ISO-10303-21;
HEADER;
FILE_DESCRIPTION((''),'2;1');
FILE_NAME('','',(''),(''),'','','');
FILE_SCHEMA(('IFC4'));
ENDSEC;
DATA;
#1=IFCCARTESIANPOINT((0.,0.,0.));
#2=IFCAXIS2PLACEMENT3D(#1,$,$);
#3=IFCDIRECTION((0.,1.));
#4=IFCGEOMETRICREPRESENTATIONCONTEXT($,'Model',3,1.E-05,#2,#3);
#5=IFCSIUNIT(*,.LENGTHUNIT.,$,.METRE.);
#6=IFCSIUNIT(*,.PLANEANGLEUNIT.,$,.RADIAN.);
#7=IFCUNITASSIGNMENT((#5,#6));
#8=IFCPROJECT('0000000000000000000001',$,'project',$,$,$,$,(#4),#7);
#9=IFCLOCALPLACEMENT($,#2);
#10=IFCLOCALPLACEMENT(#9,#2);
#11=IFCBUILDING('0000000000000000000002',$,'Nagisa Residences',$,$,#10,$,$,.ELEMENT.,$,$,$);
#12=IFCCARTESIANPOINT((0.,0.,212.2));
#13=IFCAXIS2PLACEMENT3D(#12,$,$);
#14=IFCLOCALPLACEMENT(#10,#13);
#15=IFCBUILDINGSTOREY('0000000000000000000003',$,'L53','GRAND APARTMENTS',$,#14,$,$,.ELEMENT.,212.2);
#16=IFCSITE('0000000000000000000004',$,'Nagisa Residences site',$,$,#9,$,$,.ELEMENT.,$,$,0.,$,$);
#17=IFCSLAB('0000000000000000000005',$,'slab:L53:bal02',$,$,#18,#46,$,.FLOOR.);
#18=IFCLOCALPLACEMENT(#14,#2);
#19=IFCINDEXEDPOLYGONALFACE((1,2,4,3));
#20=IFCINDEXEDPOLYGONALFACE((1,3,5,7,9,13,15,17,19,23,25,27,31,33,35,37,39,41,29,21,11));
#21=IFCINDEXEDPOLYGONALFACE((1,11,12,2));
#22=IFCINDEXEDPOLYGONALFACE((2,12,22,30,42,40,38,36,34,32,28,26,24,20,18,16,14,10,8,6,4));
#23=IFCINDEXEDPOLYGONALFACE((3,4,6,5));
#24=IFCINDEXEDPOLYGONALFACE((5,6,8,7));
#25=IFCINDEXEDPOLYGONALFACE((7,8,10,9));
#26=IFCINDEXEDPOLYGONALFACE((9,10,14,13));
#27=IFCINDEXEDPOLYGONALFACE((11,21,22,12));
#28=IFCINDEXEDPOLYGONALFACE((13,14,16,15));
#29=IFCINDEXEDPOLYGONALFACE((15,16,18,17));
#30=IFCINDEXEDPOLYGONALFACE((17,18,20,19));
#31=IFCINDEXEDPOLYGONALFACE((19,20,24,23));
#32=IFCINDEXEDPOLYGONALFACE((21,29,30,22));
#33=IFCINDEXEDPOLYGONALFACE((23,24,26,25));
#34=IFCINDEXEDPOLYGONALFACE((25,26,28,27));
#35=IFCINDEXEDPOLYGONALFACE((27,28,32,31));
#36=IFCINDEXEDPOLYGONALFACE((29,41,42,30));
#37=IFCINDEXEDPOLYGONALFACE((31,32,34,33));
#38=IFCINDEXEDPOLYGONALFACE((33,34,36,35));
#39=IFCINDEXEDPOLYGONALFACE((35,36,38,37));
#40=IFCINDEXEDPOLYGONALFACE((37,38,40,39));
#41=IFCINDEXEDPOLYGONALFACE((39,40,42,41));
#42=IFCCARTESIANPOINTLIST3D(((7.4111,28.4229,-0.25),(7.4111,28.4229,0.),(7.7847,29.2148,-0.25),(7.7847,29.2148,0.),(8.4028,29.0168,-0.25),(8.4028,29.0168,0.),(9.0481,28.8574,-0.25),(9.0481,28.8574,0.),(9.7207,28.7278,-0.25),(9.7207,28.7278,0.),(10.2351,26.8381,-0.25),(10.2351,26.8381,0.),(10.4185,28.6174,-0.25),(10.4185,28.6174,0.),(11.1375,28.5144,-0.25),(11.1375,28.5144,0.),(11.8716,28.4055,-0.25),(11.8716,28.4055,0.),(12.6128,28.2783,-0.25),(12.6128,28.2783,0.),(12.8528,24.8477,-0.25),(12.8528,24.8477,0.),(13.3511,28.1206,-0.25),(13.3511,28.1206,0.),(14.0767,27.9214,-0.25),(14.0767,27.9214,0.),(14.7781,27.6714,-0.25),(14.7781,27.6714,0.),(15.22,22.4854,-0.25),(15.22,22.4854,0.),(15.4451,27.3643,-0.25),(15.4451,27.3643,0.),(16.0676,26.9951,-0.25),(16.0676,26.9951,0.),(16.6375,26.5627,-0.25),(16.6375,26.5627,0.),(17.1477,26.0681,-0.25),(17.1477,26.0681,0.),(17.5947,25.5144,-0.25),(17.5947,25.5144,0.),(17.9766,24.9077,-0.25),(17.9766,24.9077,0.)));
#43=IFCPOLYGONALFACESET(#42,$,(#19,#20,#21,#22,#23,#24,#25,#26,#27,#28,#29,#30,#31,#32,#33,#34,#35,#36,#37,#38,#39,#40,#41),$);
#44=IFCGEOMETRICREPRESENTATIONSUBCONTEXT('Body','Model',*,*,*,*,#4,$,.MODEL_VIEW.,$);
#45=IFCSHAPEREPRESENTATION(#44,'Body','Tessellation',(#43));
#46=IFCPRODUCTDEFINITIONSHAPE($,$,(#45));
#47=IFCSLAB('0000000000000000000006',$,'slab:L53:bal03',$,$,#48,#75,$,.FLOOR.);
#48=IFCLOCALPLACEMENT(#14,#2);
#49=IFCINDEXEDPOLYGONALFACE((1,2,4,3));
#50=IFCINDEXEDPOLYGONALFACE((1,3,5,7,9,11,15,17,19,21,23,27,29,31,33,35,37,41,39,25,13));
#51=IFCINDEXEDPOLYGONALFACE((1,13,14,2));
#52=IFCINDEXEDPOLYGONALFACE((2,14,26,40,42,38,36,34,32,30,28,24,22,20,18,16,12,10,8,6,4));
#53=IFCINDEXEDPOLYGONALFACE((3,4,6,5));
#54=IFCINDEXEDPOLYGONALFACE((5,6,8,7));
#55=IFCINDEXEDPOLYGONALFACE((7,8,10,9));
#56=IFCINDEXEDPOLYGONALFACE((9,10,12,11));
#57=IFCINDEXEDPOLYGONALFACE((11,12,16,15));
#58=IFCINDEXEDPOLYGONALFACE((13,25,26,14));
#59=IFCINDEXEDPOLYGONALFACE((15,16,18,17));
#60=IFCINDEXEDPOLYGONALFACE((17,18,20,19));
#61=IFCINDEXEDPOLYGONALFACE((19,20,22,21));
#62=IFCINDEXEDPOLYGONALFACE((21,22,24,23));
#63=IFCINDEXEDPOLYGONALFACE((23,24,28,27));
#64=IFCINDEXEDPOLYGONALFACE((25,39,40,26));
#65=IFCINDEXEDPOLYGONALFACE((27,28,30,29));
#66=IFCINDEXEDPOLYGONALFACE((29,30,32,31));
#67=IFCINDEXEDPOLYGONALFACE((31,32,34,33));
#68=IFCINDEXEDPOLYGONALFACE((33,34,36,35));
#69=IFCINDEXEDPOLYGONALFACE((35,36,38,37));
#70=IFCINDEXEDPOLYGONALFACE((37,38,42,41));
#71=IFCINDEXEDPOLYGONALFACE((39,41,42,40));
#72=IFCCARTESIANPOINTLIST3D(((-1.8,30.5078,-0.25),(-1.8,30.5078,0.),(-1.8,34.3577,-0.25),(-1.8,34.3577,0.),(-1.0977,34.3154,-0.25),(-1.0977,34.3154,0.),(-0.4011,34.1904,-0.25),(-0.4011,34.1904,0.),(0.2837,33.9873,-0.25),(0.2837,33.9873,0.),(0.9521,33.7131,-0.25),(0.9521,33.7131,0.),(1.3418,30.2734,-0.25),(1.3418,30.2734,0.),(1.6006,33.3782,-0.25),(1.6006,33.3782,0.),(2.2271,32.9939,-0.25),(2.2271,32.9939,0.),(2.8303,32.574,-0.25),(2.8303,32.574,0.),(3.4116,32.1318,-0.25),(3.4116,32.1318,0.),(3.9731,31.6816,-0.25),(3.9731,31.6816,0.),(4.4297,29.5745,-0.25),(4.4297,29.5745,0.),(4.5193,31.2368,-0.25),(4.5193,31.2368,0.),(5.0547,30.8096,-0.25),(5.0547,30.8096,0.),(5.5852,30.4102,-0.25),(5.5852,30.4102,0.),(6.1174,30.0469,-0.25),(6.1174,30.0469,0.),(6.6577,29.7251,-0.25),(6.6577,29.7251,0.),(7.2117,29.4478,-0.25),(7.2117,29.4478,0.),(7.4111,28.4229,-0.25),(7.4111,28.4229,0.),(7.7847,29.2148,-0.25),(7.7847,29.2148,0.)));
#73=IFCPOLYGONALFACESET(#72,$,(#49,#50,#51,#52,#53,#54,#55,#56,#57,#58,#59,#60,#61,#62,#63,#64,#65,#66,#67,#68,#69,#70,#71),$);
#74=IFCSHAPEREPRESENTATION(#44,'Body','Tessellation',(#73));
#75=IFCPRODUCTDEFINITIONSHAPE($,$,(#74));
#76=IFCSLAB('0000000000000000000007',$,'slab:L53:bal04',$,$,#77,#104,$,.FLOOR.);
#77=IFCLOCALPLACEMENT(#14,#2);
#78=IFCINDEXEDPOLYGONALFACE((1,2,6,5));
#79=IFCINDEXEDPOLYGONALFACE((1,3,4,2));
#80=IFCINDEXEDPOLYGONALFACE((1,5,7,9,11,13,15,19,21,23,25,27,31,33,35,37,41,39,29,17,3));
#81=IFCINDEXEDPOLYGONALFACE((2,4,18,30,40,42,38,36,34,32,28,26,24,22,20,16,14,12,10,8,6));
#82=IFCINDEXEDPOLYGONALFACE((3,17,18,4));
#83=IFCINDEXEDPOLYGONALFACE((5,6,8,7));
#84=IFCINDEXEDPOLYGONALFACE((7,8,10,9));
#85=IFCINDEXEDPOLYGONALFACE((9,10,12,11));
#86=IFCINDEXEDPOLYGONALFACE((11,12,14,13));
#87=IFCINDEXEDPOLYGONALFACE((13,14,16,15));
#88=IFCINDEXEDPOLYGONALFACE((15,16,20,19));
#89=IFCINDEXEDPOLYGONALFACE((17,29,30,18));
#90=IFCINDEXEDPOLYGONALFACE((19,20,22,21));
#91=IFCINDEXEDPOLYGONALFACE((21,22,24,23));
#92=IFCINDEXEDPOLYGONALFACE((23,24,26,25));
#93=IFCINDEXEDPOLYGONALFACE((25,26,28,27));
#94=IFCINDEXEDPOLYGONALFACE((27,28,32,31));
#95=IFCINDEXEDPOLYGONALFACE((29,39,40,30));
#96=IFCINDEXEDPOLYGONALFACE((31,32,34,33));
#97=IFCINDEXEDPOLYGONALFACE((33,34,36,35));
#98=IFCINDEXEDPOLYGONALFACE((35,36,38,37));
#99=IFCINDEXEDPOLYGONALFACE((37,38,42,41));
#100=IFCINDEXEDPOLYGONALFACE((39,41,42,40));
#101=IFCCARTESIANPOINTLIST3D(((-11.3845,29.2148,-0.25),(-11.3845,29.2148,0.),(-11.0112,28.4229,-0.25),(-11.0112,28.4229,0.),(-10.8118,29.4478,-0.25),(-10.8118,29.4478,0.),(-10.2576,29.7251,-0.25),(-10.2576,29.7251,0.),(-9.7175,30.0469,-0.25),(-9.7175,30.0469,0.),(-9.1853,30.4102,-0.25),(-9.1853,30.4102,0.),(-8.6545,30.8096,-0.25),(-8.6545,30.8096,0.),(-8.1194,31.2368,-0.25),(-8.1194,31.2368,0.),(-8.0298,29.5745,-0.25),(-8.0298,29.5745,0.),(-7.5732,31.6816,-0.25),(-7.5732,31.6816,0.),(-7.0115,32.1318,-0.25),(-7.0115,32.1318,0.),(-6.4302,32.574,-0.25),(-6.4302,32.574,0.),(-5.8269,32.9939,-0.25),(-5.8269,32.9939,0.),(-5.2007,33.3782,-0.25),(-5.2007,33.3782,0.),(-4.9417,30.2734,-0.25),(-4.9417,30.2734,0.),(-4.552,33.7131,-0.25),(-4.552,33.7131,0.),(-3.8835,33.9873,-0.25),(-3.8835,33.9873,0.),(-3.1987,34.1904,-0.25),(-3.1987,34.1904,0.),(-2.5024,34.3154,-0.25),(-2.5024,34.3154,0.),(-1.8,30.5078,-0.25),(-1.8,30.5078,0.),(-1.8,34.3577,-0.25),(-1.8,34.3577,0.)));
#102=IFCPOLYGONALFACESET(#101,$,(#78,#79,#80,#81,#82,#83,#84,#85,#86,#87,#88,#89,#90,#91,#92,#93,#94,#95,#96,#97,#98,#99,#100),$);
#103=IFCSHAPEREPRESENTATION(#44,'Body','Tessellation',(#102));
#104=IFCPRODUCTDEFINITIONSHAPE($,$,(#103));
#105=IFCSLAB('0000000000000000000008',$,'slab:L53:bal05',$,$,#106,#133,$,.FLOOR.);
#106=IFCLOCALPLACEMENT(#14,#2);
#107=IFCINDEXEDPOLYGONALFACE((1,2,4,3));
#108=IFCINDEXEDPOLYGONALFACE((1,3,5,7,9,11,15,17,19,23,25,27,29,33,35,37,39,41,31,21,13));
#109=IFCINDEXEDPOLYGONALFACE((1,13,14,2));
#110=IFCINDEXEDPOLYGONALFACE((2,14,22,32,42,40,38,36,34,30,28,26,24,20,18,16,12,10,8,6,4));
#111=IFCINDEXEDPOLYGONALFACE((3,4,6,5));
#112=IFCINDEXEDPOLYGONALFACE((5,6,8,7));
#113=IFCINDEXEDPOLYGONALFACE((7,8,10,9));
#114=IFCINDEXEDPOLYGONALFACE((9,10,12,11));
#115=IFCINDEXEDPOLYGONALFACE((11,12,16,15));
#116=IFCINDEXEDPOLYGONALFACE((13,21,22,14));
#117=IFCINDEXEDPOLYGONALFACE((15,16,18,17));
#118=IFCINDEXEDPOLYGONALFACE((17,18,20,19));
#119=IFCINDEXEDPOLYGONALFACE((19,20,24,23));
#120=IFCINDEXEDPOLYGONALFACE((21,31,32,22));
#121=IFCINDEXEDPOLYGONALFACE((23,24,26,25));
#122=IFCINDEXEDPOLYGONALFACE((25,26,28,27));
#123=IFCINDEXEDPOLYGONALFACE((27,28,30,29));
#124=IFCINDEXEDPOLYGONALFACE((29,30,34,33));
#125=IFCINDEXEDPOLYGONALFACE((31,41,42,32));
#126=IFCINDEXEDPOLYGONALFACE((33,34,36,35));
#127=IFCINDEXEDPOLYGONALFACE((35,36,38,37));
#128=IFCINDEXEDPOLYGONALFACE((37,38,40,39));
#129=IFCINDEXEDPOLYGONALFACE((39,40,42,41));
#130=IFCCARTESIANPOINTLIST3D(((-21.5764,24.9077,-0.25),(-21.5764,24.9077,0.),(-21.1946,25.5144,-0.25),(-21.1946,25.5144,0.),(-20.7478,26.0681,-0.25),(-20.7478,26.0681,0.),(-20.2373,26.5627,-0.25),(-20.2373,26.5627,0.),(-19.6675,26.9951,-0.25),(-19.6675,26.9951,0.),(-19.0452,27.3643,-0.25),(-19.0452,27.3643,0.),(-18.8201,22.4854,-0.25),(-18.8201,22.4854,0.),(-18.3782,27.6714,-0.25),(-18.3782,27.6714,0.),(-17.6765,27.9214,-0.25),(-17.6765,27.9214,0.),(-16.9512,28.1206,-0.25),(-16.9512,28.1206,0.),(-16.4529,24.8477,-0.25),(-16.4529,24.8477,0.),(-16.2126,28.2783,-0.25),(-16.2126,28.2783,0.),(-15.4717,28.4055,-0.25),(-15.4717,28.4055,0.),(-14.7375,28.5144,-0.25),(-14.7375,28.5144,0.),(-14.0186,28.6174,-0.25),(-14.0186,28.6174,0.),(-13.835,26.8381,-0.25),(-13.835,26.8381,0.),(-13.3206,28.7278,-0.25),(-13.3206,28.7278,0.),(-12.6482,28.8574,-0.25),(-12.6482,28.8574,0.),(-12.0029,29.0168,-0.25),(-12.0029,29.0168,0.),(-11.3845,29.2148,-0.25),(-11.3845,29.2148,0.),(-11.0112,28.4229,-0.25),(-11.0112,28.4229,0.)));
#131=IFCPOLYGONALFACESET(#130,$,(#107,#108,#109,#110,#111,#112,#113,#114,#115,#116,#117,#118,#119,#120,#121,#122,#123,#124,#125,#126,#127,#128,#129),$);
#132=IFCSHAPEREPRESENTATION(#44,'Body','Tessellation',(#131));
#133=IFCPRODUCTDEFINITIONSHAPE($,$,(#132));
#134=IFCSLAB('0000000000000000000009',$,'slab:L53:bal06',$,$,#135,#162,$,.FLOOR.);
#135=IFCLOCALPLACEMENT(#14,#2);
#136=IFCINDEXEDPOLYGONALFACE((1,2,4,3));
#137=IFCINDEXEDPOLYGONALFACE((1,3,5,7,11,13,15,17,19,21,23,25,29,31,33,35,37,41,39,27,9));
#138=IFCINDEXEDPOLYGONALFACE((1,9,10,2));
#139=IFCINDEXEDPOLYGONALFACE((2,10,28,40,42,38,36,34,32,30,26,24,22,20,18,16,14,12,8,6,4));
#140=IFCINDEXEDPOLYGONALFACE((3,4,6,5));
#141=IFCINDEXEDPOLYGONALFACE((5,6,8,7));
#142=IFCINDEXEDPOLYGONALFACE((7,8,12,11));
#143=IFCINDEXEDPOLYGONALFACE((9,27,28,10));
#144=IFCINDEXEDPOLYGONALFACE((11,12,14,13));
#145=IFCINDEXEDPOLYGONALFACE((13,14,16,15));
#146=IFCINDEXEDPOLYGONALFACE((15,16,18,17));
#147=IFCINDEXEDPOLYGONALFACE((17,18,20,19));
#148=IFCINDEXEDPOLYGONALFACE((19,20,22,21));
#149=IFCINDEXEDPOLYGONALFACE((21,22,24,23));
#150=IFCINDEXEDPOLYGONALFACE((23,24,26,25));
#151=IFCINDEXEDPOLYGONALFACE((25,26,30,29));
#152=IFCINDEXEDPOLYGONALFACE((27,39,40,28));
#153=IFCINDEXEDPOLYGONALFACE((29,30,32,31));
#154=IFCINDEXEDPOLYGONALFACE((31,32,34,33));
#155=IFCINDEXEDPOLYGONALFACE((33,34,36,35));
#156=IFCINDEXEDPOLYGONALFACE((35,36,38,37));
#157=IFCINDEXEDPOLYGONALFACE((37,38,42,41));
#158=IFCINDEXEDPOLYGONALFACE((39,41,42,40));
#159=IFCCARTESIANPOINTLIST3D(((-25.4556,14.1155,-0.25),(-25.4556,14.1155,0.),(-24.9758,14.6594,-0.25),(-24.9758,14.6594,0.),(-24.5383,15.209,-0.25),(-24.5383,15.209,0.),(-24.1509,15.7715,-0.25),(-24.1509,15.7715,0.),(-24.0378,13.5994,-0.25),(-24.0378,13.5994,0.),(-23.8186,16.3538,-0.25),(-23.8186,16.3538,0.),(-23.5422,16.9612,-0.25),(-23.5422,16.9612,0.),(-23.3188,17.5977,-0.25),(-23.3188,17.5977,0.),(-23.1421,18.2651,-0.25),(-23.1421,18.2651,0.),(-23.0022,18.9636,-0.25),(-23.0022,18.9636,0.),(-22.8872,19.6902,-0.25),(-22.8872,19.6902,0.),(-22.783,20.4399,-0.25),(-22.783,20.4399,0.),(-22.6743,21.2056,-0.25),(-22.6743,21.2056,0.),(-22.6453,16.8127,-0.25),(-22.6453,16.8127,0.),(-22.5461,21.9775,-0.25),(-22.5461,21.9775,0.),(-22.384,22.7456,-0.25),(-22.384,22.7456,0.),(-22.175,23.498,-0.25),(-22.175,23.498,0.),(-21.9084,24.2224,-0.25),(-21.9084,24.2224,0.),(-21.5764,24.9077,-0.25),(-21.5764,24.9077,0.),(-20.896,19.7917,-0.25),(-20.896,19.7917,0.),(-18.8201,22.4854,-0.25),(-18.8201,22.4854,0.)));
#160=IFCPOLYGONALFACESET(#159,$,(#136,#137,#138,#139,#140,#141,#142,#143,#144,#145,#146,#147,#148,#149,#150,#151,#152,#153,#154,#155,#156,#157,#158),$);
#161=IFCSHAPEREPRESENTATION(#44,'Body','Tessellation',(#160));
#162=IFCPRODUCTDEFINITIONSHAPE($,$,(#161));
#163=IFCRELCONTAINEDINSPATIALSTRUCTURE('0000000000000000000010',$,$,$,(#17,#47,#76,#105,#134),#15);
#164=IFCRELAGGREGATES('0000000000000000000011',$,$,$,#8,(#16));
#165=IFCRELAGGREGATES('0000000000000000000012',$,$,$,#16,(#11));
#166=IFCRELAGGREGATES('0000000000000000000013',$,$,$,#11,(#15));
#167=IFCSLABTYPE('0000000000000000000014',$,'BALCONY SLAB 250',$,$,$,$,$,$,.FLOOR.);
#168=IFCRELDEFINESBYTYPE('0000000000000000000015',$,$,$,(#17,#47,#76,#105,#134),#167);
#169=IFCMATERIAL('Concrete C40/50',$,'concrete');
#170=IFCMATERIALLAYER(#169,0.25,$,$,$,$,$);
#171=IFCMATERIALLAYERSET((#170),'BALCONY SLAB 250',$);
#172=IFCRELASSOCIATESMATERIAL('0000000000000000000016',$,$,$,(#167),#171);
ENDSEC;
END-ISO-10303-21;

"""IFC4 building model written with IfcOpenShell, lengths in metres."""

from ifc_helpers import new_model, si_unit, direction, frame, origin, place, context, subcontext, project, spatial, polyline, outline, extrude, material, layer, layer_set, type_object, element, save


model = new_model("IFC4")

# Units and contexts
model_context = context("Model", 3, precision=1e-05, world=origin(), true_north=direction((0.0, 1.0)))
body_context = subcontext(model_context, "Body", "Model", "MODEL_VIEW")
ifc_project = project(units=[si_unit("LENGTHUNIT", "METRE"), si_unit("PLANEANGLEUNIT", "RADIAN")], contexts=[model_context])

# Site, building, storey
site_placement = place(None, origin())
site = spatial("IfcSite", under=ifc_project, at=site_placement, Name="Nagisa Residences site", CompositionType="ELEMENT", RefElevation=0.0)
building_placement = place(site_placement, origin())
building = spatial("IfcBuilding", under=site, at=building_placement, Name="Nagisa Residences", CompositionType="ELEMENT")
storey_placement = place(building_placement, frame((0.0, 0.0, 212.2)))
storey = spatial("IfcBuildingStorey", under=building, at=storey_placement, Name="L53", Description="GRAND APARTMENTS", CompositionType="ELEMENT", Elevation=212.2)

# Slabs
ifc_material_1 = material(Name="Concrete C40/50", Category="concrete")
ifc_layer_1 = layer(ifc_material_1, 0.25)
ifc_layer_set_1 = layer_set([ifc_layer_1], Name="BALCONY SLAB 250")
slab_type_1 = type_object("IfcSlabType", Name="BALCONY SLAB 250", PredefinedType="FLOOR", material=ifc_layer_set_1)
slab_1_placement = place(storey_placement, frame((0.0, 0.0, -0.25)))
element("IfcSlab", 1, at=slab_1_placement, inside=storey, type_object=slab_type_1, Name="slab:L53:bal02", PredefinedType="FLOOR", context=body_context, shape_type="SweptSolid", body=[
    extrude(outline(polyline([(17.9766, 24.9077), (17.5947, 25.5144), (17.1477, 26.0681), (16.6375, 26.5627), (16.0676, 26.9951), (15.4451, 27.3643), (14.7781, 27.6714), (14.0767, 27.9214), (13.3511, 28.1206), (12.6128, 28.2783), (11.8716, 28.4055), (11.1375, 28.5144), (10.4185, 28.6174), (9.7207, 28.7278), (9.0481, 28.8574), (8.4028, 29.0168), (7.7847, 29.2148), (7.4111, 28.4229), (10.2351, 26.8381), (12.8528, 24.8477), (15.22, 22.4854), (17.9766, 24.9077)])), origin(), (0.0, 0.0, 1.0), 0.25),
])
slab_2_placement = place(storey_placement, frame((0.0, 0.0, -0.25)))
element("IfcSlab", 2, at=slab_2_placement, inside=storey, type_object=slab_type_1, Name="slab:L53:bal03", PredefinedType="FLOOR", context=body_context, shape_type="SweptSolid", body=[
    extrude(outline(polyline([(7.7847, 29.2148), (7.2117, 29.4478), (6.6577, 29.7251), (6.1174, 30.0469), (5.5852, 30.4102), (5.0547, 30.8096), (4.5193, 31.2368), (3.9731, 31.6816), (3.4116, 32.1318), (2.8303, 32.574), (2.2271, 32.9939), (1.6006, 33.3782), (0.9521, 33.7131), (0.2837, 33.9873), (-0.4011, 34.1904), (-1.0977, 34.3154), (-1.8, 34.3577), (-1.8, 30.5078), (1.3418, 30.2734), (4.4297, 29.5745), (7.4111, 28.4229), (7.7847, 29.2148)])), origin(), (0.0, 0.0, 1.0), 0.25),
])
slab_3_placement = place(storey_placement, frame((0.0, 0.0, -0.25)))
element("IfcSlab", 3, at=slab_3_placement, inside=storey, type_object=slab_type_1, Name="slab:L53:bal04", PredefinedType="FLOOR", context=body_context, shape_type="SweptSolid", body=[
    extrude(outline(polyline([(-1.8, 34.3577), (-2.5024, 34.3154), (-3.1987, 34.1904), (-3.8835, 33.9873), (-4.552, 33.7131), (-5.2007, 33.3782), (-5.8269, 32.9939), (-6.4302, 32.574), (-7.0115, 32.1318), (-7.5732, 31.6816), (-8.1194, 31.2368), (-8.6545, 30.8096), (-9.1853, 30.4102), (-9.7175, 30.0469), (-10.2576, 29.7251), (-10.8118, 29.4478), (-11.3845, 29.2148), (-11.0112, 28.4229), (-8.0298, 29.5745), (-4.9417, 30.2734), (-1.8, 30.5078), (-1.8, 34.3577)])), origin(), (0.0, 0.0, 1.0), 0.25),
])
slab_4_placement = place(storey_placement, frame((0.0, 0.0, -0.25)))
element("IfcSlab", 4, at=slab_4_placement, inside=storey, type_object=slab_type_1, Name="slab:L53:bal05", PredefinedType="FLOOR", context=body_context, shape_type="SweptSolid", body=[
    extrude(outline(polyline([(-11.3845, 29.2148), (-12.0029, 29.0168), (-12.6482, 28.8574), (-13.3206, 28.7278), (-14.0186, 28.6174), (-14.7375, 28.5144), (-15.4717, 28.4055), (-16.2126, 28.2783), (-16.9512, 28.1206), (-17.6765, 27.9214), (-18.3782, 27.6714), (-19.0452, 27.3643), (-19.6675, 26.9951), (-20.2373, 26.5627), (-20.7478, 26.0681), (-21.1946, 25.5144), (-21.5764, 24.9077), (-18.8201, 22.4854), (-16.4529, 24.8477), (-13.835, 26.8381), (-11.0112, 28.4229), (-11.3845, 29.2148)])), origin(), (0.0, 0.0, 1.0), 0.25),
])
slab_5_placement = place(storey_placement, frame((0.0, 0.0, -0.25)))
element("IfcSlab", 5, at=slab_5_placement, inside=storey, type_object=slab_type_1, Name="slab:L53:bal06", PredefinedType="FLOOR", context=body_context, shape_type="SweptSolid", body=[
    extrude(outline(polyline([(-21.5764, 24.9077), (-21.9084, 24.2224), (-22.175, 23.498), (-22.384, 22.7456), (-22.5461, 21.9775), (-22.6743, 21.2056), (-22.783, 20.4399), (-22.8872, 19.6902), (-23.0022, 18.9636), (-23.1421, 18.2651), (-23.3188, 17.5977), (-23.5422, 16.9612), (-23.8186, 16.3538), (-24.1509, 15.7715), (-24.5383, 15.209), (-24.9758, 14.6594), (-25.4556, 14.1155), (-24.0378, 13.5994), (-22.6453, 16.8127), (-20.896, 19.7917), (-18.8201, 22.4854), (-21.5764, 24.9077)])), origin(), (0.0, 0.0, 1.0), 0.25),
])

save(model, "model.ifc")
